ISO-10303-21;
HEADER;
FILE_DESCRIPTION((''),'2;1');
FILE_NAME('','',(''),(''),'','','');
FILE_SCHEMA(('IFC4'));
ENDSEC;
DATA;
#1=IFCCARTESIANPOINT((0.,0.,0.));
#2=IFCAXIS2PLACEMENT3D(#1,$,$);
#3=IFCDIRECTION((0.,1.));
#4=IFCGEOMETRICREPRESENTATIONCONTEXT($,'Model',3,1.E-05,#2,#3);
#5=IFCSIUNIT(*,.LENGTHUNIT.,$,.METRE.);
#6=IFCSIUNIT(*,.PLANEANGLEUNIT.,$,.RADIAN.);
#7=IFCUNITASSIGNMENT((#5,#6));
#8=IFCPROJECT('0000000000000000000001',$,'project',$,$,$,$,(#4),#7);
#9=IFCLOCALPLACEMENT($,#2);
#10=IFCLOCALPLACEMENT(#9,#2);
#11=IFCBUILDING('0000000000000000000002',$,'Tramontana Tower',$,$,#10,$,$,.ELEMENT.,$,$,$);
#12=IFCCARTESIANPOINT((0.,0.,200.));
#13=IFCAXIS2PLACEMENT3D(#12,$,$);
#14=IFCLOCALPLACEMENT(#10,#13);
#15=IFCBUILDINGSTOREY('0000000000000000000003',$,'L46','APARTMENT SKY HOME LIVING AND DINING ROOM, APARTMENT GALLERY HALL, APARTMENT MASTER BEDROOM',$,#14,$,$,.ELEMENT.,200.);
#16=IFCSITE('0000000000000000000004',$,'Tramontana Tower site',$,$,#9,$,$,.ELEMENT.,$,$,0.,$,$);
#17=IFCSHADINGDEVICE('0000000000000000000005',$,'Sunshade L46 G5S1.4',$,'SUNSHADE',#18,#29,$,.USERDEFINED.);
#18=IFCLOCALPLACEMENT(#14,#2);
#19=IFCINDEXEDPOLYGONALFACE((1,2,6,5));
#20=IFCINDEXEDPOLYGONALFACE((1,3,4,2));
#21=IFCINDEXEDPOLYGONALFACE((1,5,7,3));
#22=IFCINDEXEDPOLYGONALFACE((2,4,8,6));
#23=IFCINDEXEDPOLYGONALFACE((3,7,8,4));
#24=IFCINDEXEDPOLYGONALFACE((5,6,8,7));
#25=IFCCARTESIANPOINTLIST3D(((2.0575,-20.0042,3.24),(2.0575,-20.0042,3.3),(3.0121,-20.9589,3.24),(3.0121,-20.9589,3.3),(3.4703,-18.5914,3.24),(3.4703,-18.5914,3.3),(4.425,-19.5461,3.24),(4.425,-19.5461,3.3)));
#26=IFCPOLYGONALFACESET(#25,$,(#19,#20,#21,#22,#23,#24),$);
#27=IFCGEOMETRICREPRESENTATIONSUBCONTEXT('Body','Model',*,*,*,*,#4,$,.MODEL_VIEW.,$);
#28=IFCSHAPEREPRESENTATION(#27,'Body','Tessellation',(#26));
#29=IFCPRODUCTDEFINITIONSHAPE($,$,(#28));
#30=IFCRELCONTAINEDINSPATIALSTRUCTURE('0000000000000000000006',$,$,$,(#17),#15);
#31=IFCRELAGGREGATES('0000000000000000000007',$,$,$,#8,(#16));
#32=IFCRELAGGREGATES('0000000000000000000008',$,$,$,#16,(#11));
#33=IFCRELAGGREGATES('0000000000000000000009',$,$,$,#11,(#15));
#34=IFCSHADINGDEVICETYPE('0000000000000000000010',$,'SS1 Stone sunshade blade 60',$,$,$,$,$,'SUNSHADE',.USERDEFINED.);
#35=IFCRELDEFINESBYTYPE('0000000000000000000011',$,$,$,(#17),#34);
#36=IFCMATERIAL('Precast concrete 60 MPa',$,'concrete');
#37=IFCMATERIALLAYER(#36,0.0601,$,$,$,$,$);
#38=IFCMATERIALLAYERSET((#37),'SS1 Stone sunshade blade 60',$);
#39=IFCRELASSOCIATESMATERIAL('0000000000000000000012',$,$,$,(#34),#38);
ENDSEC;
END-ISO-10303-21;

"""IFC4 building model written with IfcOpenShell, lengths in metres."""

from ifc_helpers import new_model, si_unit, direction, frame, origin, origin_2d, place, context, subcontext, project, spatial, rectangle, extrude, material, layer, layer_set, type_object, element, save


model = new_model("IFC4")

# Units and contexts
model_context = context("Model", 3, precision=1e-05, world=origin(), true_north=direction((0.0, 1.0)))
body_context = subcontext(model_context, "Body", "Model", "MODEL_VIEW")
ifc_project = project(units=[si_unit("LENGTHUNIT", "METRE"), si_unit("PLANEANGLEUNIT", "RADIAN")], contexts=[model_context])

# Site, building, storey
site_placement = place(None, origin())
site = spatial("IfcSite", under=ifc_project, at=site_placement, Name="Tramontana Tower site", CompositionType="ELEMENT", RefElevation=0.0)
building_placement = place(site_placement, origin())
building = spatial("IfcBuilding", under=site, at=building_placement, Name="Tramontana Tower", CompositionType="ELEMENT")
storey_placement = place(building_placement, frame((0.0, 0.0, 200.0)))
storey = spatial("IfcBuildingStorey", under=building, at=storey_placement, Name="L46", Description="APARTMENT SKY HOME LIVING AND DINING ROOM, APARTMENT GALLERY HALL, APARTMENT MASTER BEDROOM", CompositionType="ELEMENT", Elevation=200.0)

# Shading device
ifc_material_1 = material(Name="Precast concrete 60 MPa", Category="concrete")
ifc_layer_1 = layer(ifc_material_1, 0.0601)
ifc_layer_set_1 = layer_set([ifc_layer_1], Name="SS1 Stone sunshade blade 60")
shading_device_type = type_object("IfcShadingDeviceType", Name="SS1 Stone sunshade blade 60", ElementType="SUNSHADE", PredefinedType="USERDEFINED", material=ifc_layer_set_1)
shading_device_placement = place(storey_placement, frame((3.2412, -19.7751, 3.24), z_axis=(0.0, 0.0, 1.0), x_axis=(0.707107, 0.707107, 0.0)))
element("IfcShadingDevice", 1, at=shading_device_placement, inside=storey, type_object=shading_device_type, Name="Sunshade L46 G5S1.4", ObjectType="SUNSHADE", PredefinedType="USERDEFINED", context=body_context, shape_type="SweptSolid", body=[
    extrude(rectangle(XDim=1.998, YDim=1.3501, at=origin_2d()), origin(), (0.0, 0.0, 1.0), 0.0601),
])

save(model, "model.ifc")
